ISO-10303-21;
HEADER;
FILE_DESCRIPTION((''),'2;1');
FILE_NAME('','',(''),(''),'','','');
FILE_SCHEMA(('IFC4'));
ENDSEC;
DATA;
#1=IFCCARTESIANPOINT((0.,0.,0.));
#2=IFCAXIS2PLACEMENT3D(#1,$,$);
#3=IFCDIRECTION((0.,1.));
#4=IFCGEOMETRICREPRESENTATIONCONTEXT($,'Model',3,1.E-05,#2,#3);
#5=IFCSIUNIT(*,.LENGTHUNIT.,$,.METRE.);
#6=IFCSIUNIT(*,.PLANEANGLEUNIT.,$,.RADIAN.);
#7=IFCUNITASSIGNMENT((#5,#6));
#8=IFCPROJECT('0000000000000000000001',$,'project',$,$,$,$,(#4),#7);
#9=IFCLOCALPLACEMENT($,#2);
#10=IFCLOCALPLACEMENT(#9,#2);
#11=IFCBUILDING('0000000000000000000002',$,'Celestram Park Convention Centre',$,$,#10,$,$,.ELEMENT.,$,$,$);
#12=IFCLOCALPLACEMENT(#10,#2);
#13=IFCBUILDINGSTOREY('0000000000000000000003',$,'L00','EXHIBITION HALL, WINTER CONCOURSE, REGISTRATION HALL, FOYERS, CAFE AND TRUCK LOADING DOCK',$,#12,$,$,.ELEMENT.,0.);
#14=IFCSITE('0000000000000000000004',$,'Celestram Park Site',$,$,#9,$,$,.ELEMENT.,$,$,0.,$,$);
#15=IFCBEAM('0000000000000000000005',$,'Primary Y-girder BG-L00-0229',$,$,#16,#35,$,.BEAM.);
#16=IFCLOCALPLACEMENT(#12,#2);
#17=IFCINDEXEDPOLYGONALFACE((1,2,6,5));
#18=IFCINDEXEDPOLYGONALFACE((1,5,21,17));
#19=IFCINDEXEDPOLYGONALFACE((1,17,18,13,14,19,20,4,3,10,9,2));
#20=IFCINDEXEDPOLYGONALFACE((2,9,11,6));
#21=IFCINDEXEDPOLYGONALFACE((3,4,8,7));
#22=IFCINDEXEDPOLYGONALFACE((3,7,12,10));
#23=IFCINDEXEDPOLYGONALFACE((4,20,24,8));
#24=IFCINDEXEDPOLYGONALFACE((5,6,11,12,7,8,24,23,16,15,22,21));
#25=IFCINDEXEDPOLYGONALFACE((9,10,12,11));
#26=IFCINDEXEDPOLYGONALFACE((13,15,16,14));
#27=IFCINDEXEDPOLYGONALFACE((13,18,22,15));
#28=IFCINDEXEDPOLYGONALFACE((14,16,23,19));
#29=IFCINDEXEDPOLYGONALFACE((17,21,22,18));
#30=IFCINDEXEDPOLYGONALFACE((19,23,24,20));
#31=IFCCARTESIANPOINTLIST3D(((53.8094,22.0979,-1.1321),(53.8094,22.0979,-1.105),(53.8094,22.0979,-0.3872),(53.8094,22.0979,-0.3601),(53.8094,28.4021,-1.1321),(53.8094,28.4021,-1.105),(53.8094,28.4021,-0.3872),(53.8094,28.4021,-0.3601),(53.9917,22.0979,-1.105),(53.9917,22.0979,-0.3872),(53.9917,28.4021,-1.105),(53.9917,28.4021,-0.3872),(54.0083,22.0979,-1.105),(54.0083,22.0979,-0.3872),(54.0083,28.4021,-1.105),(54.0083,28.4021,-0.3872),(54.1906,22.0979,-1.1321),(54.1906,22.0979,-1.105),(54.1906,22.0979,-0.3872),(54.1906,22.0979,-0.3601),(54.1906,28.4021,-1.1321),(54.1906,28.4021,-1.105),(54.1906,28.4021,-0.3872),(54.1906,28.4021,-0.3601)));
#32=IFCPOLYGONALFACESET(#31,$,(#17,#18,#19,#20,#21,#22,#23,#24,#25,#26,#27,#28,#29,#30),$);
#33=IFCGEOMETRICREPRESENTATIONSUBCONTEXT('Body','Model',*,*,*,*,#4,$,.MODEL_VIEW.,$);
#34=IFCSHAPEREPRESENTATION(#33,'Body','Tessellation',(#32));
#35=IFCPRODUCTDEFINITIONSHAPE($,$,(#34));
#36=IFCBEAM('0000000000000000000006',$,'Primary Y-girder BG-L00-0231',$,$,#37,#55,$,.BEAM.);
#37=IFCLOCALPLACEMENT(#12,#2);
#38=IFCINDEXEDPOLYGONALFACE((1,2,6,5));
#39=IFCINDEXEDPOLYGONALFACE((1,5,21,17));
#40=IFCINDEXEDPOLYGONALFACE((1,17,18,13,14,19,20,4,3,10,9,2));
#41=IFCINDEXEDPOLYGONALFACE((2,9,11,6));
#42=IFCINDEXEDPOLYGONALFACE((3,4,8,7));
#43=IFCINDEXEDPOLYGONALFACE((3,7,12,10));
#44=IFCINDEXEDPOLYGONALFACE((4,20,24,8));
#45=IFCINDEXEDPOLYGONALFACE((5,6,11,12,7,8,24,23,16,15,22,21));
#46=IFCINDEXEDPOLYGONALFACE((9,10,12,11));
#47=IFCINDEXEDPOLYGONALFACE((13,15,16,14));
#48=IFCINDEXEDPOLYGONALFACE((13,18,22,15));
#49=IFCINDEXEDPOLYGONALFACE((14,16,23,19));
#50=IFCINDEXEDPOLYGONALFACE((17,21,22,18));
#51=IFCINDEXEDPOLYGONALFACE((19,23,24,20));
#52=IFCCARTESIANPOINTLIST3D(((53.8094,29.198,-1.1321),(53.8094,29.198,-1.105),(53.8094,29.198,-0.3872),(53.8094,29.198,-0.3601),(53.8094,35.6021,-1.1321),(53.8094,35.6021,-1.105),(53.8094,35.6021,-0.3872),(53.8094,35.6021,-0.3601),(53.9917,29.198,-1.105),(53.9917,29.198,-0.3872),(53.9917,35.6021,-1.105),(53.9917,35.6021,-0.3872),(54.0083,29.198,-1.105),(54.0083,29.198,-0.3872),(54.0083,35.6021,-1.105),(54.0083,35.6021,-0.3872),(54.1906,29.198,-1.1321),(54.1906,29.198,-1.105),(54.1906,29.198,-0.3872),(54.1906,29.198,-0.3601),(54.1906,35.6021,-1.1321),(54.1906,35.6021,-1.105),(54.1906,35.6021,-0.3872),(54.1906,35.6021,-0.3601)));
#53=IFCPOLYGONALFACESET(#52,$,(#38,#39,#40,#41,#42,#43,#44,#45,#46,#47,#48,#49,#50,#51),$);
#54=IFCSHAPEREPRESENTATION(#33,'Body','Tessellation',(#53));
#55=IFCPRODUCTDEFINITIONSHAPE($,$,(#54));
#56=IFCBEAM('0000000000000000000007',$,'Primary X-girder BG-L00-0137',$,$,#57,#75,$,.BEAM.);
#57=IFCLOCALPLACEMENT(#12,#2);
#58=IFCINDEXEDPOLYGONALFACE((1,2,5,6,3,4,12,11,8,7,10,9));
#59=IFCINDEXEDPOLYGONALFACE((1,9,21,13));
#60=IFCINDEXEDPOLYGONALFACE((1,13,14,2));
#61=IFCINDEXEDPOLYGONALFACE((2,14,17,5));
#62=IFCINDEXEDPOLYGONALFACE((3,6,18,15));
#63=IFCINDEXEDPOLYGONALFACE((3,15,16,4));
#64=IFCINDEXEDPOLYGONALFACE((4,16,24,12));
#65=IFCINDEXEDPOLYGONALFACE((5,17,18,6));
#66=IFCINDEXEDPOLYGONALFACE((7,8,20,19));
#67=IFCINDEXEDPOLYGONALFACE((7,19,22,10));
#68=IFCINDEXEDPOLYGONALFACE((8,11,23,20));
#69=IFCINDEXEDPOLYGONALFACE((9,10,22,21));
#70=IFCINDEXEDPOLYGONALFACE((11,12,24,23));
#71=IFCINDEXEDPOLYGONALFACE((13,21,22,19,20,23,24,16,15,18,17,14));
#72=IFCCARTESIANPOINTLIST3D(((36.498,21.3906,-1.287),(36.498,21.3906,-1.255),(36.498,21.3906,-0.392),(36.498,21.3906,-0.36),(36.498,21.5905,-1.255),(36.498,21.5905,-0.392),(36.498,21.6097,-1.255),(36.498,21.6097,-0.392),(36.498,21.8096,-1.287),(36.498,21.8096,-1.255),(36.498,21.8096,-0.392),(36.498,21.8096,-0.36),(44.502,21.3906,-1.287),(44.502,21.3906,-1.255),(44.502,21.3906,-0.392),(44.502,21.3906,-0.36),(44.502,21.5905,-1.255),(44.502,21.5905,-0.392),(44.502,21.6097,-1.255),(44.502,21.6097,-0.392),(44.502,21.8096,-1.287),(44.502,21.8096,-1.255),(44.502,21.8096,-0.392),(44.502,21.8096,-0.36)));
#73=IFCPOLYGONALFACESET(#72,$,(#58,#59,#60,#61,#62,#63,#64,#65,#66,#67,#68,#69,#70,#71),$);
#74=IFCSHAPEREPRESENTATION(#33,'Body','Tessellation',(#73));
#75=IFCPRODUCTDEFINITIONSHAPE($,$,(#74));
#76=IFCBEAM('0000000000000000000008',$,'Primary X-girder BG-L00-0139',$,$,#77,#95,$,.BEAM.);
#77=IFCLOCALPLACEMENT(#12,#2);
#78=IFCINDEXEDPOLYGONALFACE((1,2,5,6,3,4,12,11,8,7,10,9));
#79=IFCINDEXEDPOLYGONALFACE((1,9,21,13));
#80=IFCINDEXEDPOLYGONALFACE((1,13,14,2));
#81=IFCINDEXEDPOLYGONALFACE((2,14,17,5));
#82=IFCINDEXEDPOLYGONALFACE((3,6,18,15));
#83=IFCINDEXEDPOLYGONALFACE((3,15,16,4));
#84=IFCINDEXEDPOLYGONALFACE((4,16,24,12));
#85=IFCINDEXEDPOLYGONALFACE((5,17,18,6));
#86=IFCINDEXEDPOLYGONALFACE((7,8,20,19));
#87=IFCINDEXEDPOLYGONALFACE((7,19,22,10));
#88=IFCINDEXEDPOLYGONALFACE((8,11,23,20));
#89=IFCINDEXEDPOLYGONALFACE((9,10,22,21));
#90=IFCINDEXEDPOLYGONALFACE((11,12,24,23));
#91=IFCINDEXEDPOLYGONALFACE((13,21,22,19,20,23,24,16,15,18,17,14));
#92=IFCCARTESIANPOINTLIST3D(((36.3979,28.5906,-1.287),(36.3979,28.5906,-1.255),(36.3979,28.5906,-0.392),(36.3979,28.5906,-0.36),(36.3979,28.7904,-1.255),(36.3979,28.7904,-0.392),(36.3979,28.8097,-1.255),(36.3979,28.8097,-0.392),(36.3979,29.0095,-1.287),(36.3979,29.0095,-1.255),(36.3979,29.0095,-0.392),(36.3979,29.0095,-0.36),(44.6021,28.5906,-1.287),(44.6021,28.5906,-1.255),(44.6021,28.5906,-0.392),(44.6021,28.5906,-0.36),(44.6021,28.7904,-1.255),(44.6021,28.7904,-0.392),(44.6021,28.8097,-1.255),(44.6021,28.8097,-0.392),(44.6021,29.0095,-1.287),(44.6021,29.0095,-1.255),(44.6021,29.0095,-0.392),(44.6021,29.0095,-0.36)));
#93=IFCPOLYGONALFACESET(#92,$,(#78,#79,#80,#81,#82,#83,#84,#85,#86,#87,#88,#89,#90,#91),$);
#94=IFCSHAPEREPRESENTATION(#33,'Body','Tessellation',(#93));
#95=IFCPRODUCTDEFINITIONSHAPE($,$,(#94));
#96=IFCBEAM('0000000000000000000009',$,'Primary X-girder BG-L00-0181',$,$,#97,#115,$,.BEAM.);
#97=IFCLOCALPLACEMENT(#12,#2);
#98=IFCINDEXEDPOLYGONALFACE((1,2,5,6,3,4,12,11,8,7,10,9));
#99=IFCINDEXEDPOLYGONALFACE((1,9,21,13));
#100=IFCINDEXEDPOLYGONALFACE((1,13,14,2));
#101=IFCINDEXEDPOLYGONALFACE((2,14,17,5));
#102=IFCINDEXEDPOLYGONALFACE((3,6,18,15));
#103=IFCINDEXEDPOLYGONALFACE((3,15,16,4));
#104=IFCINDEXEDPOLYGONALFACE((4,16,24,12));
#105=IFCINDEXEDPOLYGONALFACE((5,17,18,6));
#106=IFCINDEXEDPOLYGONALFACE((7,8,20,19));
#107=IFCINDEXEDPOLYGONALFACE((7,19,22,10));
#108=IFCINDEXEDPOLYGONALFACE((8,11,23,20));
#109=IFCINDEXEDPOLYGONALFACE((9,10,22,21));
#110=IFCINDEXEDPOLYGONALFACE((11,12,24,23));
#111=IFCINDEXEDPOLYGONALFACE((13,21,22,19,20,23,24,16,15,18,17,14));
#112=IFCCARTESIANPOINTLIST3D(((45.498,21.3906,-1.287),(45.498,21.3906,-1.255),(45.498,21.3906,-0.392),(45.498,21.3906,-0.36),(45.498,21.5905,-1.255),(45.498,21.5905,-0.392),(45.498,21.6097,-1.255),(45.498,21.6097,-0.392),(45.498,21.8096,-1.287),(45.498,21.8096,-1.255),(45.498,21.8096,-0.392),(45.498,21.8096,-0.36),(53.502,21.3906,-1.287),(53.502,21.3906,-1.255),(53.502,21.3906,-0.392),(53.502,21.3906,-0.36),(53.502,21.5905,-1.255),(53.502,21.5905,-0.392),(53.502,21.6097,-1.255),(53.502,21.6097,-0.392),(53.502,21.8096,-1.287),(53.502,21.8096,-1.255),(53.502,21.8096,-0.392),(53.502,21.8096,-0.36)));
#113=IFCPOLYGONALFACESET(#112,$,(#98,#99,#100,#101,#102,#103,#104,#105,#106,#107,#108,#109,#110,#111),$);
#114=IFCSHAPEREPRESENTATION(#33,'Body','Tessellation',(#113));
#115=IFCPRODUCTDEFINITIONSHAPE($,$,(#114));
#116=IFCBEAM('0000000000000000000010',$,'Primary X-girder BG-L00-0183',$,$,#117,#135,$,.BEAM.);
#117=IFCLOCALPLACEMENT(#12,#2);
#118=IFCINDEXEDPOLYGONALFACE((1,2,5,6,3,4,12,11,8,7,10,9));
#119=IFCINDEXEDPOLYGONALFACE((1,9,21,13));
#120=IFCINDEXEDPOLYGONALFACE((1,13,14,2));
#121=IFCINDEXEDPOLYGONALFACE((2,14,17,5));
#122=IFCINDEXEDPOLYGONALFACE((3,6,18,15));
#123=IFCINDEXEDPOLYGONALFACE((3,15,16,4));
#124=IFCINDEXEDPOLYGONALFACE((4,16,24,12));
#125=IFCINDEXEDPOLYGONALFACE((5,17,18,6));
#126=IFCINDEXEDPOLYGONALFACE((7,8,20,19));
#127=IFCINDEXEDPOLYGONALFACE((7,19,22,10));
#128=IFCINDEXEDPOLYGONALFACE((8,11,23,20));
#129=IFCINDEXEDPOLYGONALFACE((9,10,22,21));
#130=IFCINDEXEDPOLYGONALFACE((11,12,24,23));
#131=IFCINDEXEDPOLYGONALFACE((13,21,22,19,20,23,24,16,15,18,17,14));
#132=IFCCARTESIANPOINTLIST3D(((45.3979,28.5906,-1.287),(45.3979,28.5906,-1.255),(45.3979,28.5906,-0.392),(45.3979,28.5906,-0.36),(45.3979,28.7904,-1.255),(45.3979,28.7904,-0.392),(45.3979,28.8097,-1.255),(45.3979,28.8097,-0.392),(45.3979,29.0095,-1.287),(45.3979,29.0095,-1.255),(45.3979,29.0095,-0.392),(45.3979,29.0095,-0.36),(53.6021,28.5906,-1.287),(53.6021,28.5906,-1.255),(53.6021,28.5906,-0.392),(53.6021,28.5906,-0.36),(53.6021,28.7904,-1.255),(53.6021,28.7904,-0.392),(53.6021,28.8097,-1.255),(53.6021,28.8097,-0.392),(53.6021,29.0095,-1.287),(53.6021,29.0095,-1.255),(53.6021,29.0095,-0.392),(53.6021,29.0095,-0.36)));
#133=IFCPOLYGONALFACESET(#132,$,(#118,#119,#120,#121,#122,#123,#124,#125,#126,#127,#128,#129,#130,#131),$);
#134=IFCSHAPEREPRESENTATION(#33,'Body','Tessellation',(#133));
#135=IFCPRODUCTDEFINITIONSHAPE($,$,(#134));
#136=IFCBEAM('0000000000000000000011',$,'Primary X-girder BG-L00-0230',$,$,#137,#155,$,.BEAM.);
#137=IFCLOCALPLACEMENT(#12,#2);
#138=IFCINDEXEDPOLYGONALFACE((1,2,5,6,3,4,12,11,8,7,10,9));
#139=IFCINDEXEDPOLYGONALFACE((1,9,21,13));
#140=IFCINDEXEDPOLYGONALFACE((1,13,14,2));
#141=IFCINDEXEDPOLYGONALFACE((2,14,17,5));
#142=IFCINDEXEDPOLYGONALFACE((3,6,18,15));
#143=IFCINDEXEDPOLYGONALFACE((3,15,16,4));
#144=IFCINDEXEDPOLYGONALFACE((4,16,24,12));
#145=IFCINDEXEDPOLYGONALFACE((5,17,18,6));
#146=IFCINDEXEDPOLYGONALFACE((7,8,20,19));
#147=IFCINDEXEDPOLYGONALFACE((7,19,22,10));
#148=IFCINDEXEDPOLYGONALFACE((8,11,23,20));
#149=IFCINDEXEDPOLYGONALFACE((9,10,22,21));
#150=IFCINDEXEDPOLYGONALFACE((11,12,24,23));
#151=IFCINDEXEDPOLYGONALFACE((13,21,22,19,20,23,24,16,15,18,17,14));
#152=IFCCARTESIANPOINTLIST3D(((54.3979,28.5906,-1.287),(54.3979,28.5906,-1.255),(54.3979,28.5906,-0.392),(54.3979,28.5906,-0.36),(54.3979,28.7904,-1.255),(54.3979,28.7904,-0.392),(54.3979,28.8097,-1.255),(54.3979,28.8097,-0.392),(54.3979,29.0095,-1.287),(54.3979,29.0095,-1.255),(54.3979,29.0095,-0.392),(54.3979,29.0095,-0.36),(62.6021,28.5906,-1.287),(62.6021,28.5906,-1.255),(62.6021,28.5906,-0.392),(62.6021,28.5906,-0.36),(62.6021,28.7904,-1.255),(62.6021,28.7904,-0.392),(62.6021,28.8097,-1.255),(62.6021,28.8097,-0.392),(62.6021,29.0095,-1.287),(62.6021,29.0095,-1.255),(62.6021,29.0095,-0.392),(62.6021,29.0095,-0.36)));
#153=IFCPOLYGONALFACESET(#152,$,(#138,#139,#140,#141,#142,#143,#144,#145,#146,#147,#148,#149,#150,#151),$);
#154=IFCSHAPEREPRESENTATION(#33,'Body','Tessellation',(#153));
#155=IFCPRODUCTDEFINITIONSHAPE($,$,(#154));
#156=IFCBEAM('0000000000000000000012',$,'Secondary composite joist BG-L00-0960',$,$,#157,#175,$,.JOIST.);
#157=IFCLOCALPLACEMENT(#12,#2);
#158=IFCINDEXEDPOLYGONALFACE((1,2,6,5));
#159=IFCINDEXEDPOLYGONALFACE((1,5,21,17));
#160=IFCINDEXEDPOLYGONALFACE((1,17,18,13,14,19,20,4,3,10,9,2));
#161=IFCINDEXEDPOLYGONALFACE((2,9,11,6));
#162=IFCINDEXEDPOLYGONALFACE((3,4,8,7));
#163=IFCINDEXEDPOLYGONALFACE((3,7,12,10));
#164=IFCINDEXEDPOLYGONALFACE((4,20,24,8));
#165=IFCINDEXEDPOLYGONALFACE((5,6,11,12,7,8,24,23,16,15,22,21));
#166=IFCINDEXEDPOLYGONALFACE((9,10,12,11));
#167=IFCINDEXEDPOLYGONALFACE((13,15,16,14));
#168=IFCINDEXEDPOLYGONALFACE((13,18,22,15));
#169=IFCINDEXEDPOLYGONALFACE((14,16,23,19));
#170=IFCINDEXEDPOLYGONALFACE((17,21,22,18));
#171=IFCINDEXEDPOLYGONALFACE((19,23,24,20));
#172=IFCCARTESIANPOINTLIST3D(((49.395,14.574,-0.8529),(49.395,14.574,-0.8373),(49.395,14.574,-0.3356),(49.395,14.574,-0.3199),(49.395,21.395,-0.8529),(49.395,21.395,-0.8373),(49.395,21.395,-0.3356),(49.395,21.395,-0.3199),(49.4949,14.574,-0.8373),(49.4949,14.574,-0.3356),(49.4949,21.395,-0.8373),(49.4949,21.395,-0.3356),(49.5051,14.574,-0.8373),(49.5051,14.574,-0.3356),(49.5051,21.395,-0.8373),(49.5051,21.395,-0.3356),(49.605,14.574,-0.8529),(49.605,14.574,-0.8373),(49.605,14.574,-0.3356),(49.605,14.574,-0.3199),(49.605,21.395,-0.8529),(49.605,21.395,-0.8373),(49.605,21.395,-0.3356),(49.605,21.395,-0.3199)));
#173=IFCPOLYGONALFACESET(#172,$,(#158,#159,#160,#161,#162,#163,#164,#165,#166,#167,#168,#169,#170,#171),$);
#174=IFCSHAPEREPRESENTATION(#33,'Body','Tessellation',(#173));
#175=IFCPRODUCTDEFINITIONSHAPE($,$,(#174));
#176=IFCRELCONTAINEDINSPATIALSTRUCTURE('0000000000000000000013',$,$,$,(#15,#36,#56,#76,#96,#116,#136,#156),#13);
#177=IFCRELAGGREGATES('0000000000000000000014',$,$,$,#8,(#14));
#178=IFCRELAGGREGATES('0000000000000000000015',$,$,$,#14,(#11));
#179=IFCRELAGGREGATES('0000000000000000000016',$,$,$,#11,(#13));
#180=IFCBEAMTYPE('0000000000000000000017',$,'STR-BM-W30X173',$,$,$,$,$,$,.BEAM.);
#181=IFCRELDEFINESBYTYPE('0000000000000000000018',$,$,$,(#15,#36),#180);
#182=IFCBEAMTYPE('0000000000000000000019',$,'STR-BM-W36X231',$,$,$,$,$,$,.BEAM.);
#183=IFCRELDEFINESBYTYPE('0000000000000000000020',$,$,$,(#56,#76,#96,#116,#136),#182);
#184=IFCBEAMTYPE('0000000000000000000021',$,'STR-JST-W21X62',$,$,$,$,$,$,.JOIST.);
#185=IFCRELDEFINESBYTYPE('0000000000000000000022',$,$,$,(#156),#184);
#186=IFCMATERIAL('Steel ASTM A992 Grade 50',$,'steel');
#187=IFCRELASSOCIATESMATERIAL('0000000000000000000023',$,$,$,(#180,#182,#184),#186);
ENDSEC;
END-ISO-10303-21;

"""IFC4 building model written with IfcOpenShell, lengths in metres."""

from ifc_helpers import new_model, si_unit, direction, frame, origin, origin_2d, place, context, subcontext, project, spatial, i_section, extrude, material, material_profile, profile_set, type_object, element, save


model = new_model("IFC4")

# Units and contexts
model_context = context("Model", 3, precision=1e-05, world=origin(), true_north=direction((0.0, 1.0)))
body_context = subcontext(model_context, "Body", "Model", "MODEL_VIEW")
ifc_project = project(units=[si_unit("LENGTHUNIT", "METRE"), si_unit("PLANEANGLEUNIT", "RADIAN")], contexts=[model_context])

# Site, building, storey
site_placement = place(None, origin())
site = spatial("IfcSite", under=ifc_project, at=site_placement, Name="Celestram Park Site", CompositionType="ELEMENT", RefElevation=0.0)
building_placement = place(site_placement, origin())
building = spatial("IfcBuilding", under=site, at=building_placement, Name="Celestram Park Convention Centre", CompositionType="ELEMENT")
storey_placement = place(building_placement, origin())
storey = spatial("IfcBuildingStorey", under=building, at=storey_placement, Name="L00", Description="EXHIBITION HALL, WINTER CONCOURSE, REGISTRATION HALL, FOYERS, CAFE AND TRUCK LOADING DOCK", CompositionType="ELEMENT", Elevation=0.0)

# Shared definitions
ifc_material_1 = material(Name="Steel ASTM A992 Grade 50", Category="steel")

# Beams
ifc_material_profile_1 = material_profile(ifc_material_1, i_section(OverallWidth=0.3811, OverallDepth=0.772, WebThickness=0.0166, FlangeThickness=0.0271, at=origin_2d()), Name="W30X173")
ifc_profile_set_1 = profile_set([ifc_material_profile_1], Name="Steel ASTM A992 Grade 50")
beam_type_1 = type_object("IfcBeamType", Name="STR-BM-W30X173", PredefinedType="BEAM", material=ifc_profile_set_1)
beam_1_placement = place(storey_placement, frame((54.0, 22.0979, -0.7461), z_axis=(0.0, 1.0, 0.0), x_axis=(-1.0, 0.0, 0.0)))
element("IfcBeam", 1, at=beam_1_placement, inside=storey, type_object=beam_type_1, Name="Primary Y-girder BG-L00-0229", PredefinedType="BEAM", context=body_context, shape_type="SweptSolid", body=[
    extrude(i_section(OverallWidth=0.3811, OverallDepth=0.772, WebThickness=0.0166, FlangeThickness=0.0271, at=origin_2d()), origin(), (0.0, 0.0, 1.0), 6.3042),
])
beam_2_placement = place(storey_placement, frame((54.0, 29.198, -0.7461), z_axis=(0.0, 1.0, 0.0), x_axis=(-1.0, 0.0, 0.0)))
element("IfcBeam", 2, at=beam_2_placement, inside=storey, type_object=beam_type_1, Name="Primary Y-girder BG-L00-0231", PredefinedType="BEAM", context=body_context, shape_type="SweptSolid", body=[
    extrude(i_section(OverallWidth=0.3811, OverallDepth=0.772, WebThickness=0.0166, FlangeThickness=0.0271, at=origin_2d()), origin(), (0.0, 0.0, 1.0), 6.4041),
])
ifc_material_profile_2 = material_profile(ifc_material_1, i_section(OverallWidth=0.4189, OverallDepth=0.927, WebThickness=0.0193, FlangeThickness=0.032, at=origin_2d()), Name="W36X231")
ifc_profile_set_2 = profile_set([ifc_material_profile_2], Name="Steel ASTM A992 Grade 50")
beam_type_2 = type_object("IfcBeamType", Name="STR-BM-W36X231", PredefinedType="BEAM", material=ifc_profile_set_2)
beam_3_placement = place(storey_placement, frame((36.498, 21.6001, -0.8235), z_axis=(1.0, 0.0, 0.0), x_axis=(0.0, 1.0, 0.0)))
element("IfcBeam", 3, at=beam_3_placement, inside=storey, type_object=beam_type_2, Name="Primary X-girder BG-L00-0137", PredefinedType="BEAM", context=body_context, shape_type="SweptSolid", body=[
    extrude(i_section(OverallWidth=0.4189, OverallDepth=0.927, WebThickness=0.0193, FlangeThickness=0.032, at=origin_2d()), origin(), (0.0, 0.0, 1.0), 8.0039),
])
beam_4_placement = place(storey_placement, frame((36.3979, 28.8, -0.8235), z_axis=(1.0, 0.0, 0.0), x_axis=(0.0, 1.0, 0.0)))
element("IfcBeam", 4, at=beam_4_placement, inside=storey, type_object=beam_type_2, Name="Primary X-girder BG-L00-0139", PredefinedType="BEAM", context=body_context, shape_type="SweptSolid", body=[
    extrude(i_section(OverallWidth=0.4189, OverallDepth=0.927, WebThickness=0.0193, FlangeThickness=0.032, at=origin_2d()), origin(), (0.0, 0.0, 1.0), 8.2041),
])
beam_5_placement = place(storey_placement, frame((45.498, 21.6001, -0.8235), z_axis=(1.0, 0.0, 0.0), x_axis=(0.0, 1.0, 0.0)))
element("IfcBeam", 5, at=beam_5_placement, inside=storey, type_object=beam_type_2, Name="Primary X-girder BG-L00-0181", PredefinedType="BEAM", context=body_context, shape_type="SweptSolid", body=[
    extrude(i_section(OverallWidth=0.4189, OverallDepth=0.927, WebThickness=0.0193, FlangeThickness=0.032, at=origin_2d()), origin(), (0.0, 0.0, 1.0), 8.0039),
])
for number, where, z_axis, x_axis, name in (
    (6, (45.3979, 28.8, -0.8235), (1.0, 0.0, 0.0), (0.0, 1.0, 0.0), "Primary X-girder BG-L00-0183"),
    (7, (54.3979, 28.8, -0.8235), (1.0, 0.0, 0.0), (0.0, 1.0, 0.0), "Primary X-girder BG-L00-0230"),
):
    element("IfcBeam", number, at=place(storey_placement, frame(where, z_axis=z_axis, x_axis=x_axis)), inside=storey, type_object=beam_type_2, Name=name, PredefinedType="BEAM", context=body_context, shape_type="SweptSolid", body=[
        extrude(i_section(OverallWidth=0.4189, OverallDepth=0.927, WebThickness=0.0193, FlangeThickness=0.032, at=origin_2d()), origin(), (0.0, 0.0, 1.0), 8.2041),
    ])
ifc_material_profile_3 = material_profile(ifc_material_1, i_section(OverallWidth=0.21, OverallDepth=0.533, WebThickness=0.0103, FlangeThickness=0.0156, at=origin_2d()), Name="W21X62")
ifc_profile_set_3 = profile_set([ifc_material_profile_3], Name="Steel ASTM A992 Grade 50")
beam_type_3 = type_object("IfcBeamType", Name="STR-JST-W21X62", PredefinedType="JOIST", material=ifc_profile_set_3)
beam_6_placement = place(storey_placement, frame((49.5, 14.574, -0.5864), z_axis=(0.0, 1.0, 0.0), x_axis=(-1.0, 0.0, 0.0)))
element("IfcBeam", 8, at=beam_6_placement, inside=storey, type_object=beam_type_3, Name="Secondary composite joist BG-L00-0960", PredefinedType="JOIST", context=body_context, shape_type="SweptSolid", body=[
    extrude(i_section(OverallWidth=0.21, OverallDepth=0.533, WebThickness=0.0103, FlangeThickness=0.0156, at=origin_2d()), origin(), (0.0, 0.0, 1.0), 6.821),
])

save(model, "model.ifc")
